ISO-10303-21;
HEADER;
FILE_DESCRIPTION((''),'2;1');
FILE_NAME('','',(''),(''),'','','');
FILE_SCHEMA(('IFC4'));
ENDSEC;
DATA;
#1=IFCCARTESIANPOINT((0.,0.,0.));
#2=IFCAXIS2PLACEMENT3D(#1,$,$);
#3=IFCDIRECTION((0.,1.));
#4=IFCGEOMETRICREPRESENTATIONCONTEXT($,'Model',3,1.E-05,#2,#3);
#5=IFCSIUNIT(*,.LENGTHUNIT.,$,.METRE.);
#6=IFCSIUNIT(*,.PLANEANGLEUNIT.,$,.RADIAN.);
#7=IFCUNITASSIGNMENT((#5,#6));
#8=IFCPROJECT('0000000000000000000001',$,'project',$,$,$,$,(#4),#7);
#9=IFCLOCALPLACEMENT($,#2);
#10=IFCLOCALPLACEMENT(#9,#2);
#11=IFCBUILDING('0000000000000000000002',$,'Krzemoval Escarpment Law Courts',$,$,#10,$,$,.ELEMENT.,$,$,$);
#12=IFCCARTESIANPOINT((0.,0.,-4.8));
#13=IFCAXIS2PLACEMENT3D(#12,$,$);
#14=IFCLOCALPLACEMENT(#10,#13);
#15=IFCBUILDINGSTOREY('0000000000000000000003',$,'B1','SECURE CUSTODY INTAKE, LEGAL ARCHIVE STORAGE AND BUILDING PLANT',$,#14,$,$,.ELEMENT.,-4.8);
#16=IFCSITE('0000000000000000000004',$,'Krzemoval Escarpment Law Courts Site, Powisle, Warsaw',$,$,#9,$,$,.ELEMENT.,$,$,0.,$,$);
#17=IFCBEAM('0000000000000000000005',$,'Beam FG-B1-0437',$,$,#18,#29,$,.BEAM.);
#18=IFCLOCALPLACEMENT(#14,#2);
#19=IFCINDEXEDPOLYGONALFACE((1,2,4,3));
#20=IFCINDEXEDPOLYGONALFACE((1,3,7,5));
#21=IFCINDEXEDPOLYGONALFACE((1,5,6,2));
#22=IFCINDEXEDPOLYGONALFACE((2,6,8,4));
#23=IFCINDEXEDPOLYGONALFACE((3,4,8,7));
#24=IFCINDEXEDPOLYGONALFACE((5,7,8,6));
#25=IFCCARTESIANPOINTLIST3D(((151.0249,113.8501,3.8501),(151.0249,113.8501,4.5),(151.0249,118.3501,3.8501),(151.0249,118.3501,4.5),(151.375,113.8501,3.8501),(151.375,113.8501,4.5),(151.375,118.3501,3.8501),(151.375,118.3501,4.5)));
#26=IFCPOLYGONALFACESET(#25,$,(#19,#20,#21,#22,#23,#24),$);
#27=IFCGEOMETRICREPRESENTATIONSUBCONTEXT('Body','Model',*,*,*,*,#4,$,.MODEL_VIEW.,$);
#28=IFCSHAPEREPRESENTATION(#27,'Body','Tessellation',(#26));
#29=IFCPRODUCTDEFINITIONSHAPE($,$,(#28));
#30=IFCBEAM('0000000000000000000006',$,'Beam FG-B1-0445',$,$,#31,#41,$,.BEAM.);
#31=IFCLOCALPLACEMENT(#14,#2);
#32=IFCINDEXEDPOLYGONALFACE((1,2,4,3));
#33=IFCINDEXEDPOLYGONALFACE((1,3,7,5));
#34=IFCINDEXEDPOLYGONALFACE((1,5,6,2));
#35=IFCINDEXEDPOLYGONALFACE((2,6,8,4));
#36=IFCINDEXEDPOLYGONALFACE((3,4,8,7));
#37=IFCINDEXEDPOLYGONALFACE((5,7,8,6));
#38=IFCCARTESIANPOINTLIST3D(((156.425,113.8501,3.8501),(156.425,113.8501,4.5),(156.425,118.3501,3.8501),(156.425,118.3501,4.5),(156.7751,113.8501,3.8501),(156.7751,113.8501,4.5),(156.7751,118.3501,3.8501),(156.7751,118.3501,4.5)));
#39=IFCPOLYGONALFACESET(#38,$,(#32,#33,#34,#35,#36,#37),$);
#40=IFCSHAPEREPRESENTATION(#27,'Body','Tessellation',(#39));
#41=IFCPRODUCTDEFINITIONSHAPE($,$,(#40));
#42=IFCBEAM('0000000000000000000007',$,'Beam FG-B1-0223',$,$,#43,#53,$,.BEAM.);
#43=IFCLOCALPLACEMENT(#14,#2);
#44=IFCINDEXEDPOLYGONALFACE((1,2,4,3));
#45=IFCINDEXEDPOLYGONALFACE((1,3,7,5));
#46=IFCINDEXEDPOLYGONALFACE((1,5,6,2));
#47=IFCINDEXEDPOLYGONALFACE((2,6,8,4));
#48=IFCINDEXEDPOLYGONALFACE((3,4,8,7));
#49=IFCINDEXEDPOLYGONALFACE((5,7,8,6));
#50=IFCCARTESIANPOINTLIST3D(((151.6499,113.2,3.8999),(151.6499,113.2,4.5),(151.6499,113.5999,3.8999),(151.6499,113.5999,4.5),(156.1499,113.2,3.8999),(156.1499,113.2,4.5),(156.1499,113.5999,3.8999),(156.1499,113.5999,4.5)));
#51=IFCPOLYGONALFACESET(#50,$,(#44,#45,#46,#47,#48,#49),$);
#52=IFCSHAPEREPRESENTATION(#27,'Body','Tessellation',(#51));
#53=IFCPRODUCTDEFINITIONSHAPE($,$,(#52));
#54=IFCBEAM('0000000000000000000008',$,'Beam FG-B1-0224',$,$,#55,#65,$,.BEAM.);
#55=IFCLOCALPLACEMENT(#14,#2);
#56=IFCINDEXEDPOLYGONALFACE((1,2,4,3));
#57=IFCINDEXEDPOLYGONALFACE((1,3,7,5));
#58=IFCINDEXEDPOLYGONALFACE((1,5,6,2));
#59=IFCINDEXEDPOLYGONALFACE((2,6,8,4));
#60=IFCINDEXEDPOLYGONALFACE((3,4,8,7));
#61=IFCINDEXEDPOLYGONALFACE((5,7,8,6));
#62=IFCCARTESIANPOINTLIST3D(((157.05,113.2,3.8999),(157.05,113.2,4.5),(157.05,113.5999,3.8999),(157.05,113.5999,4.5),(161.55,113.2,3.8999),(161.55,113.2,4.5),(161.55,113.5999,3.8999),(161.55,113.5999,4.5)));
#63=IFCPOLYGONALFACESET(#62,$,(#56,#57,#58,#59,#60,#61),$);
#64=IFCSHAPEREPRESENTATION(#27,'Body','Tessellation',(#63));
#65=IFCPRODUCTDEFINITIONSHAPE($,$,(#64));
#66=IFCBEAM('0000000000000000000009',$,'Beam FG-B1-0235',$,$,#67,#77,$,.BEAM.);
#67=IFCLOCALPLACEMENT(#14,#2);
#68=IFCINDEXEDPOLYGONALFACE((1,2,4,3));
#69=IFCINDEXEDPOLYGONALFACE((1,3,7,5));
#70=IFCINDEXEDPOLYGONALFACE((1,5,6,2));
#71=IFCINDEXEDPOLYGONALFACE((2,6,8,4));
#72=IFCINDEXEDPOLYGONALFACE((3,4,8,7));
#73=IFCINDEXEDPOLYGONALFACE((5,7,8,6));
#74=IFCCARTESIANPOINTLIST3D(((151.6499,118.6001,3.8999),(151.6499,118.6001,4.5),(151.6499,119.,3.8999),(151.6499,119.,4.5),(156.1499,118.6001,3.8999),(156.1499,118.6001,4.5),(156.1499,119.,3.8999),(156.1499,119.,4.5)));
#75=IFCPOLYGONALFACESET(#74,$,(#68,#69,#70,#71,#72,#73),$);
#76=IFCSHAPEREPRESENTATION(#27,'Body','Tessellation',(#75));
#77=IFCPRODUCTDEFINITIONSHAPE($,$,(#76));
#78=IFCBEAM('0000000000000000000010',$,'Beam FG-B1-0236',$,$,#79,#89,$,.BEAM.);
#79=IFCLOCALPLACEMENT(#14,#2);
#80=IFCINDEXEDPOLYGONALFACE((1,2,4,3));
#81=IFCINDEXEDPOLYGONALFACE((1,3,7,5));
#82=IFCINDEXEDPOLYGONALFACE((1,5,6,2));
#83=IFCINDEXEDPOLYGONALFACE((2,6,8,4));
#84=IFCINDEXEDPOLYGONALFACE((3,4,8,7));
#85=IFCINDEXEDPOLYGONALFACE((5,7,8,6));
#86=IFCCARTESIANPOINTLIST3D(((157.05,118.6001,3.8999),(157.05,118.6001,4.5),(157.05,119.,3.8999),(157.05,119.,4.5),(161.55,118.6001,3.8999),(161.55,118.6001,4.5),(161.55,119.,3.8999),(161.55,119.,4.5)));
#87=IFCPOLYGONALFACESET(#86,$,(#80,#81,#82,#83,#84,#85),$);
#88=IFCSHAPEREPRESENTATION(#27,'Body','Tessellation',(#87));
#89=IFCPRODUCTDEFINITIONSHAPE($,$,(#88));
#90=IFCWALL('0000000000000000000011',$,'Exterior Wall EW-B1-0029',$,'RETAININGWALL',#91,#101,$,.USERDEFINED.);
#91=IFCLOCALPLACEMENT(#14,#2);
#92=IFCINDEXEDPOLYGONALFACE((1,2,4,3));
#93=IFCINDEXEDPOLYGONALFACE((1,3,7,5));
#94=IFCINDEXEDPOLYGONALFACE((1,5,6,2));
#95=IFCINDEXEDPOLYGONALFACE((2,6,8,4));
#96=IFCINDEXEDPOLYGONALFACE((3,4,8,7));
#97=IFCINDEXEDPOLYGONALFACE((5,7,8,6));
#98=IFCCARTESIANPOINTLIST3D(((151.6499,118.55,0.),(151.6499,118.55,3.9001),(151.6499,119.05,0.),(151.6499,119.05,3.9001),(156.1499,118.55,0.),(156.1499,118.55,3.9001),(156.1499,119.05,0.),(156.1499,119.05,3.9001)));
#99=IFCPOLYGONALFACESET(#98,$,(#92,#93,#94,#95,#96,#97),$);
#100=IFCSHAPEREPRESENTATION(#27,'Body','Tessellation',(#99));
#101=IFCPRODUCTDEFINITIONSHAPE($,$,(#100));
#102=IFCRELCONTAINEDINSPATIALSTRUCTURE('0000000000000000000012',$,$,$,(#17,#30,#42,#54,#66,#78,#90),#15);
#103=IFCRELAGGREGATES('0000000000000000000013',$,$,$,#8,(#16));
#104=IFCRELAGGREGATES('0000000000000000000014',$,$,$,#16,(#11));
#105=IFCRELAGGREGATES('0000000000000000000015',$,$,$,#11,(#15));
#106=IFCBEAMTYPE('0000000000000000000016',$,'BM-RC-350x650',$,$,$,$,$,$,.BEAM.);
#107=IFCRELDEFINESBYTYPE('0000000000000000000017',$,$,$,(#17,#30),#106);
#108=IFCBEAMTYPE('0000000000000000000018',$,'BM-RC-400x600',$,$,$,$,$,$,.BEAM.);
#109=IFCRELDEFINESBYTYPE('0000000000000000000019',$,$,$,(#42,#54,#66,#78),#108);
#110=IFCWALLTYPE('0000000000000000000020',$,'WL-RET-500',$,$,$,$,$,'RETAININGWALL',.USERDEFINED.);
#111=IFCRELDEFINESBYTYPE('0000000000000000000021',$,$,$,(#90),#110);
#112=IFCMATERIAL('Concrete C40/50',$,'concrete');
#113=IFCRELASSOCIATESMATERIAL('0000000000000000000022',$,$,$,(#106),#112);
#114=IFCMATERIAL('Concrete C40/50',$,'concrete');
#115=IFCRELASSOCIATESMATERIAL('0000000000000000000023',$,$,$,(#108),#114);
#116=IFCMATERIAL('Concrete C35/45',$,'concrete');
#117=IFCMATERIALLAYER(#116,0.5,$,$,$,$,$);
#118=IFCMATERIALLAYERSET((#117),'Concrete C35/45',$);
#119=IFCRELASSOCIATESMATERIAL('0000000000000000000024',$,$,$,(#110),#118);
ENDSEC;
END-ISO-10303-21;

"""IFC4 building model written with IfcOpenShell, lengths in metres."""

from ifc_helpers import new_model, si_unit, direction, frame, frame_2d, origin, origin_2d, place, context, subcontext, project, spatial, rectangle, extrude, material, layer, layer_set, material_profile, profile_set, type_object, element, save


model = new_model("IFC4")

# Units and contexts
model_context = context("Model", 3, precision=1e-05, world=origin(), true_north=direction((0.0, 1.0)))
body_context = subcontext(model_context, "Body", "Model", "MODEL_VIEW")
ifc_project = project(units=[si_unit("LENGTHUNIT", "METRE"), si_unit("PLANEANGLEUNIT", "RADIAN")], contexts=[model_context])

# Site, building, storey
site_placement = place(None, origin())
site = spatial("IfcSite", under=ifc_project, at=site_placement, Name="Krzemoval Escarpment Law Courts Site, Powisle, Warsaw", CompositionType="ELEMENT", RefElevation=0.0)
building_placement = place(site_placement, origin())
building = spatial("IfcBuilding", under=site, at=building_placement, Name="Krzemoval Escarpment Law Courts", CompositionType="ELEMENT")
storey_placement = place(building_placement, frame((0.0, 0.0, -4.8)))
storey = spatial("IfcBuildingStorey", under=building, at=storey_placement, Name="B1", Description="SECURE CUSTODY INTAKE, LEGAL ARCHIVE STORAGE AND BUILDING PLANT", CompositionType="ELEMENT", Elevation=-4.8)

# Beams
ifc_material_1 = material(Name="Concrete C40/50", Category="concrete")
ifc_material_profile_1 = material_profile(ifc_material_1, rectangle(XDim=0.3501, YDim=0.6499, at=origin_2d()), Name="RCB 350x650")
ifc_profile_set_1 = profile_set([ifc_material_profile_1], Name="Concrete C40/50")
beam_type_1 = type_object("IfcBeamType", Name="BM-RC-350x650", PredefinedType="BEAM", material=ifc_profile_set_1)
for number, where, z_axis, x_axis, name in (
    (1, (151.2, 113.8501, 4.175), (0.0, 1.0, 0.0), (-1.0, 0.0, 0.0), "Beam FG-B1-0437"),
    (2, (156.6001, 113.8501, 4.175), (0.0, 1.0, 0.0), (-1.0, 0.0, 0.0), "Beam FG-B1-0445"),
):
    element("IfcBeam", number, at=place(storey_placement, frame(where, z_axis=z_axis, x_axis=x_axis)), inside=storey, type_object=beam_type_1, Name=name, PredefinedType="BEAM", context=body_context, shape_type="SweptSolid", body=[
        extrude(rectangle(XDim=0.3501, YDim=0.6499, at=origin_2d()), origin(), (0.0, 0.0, 1.0), 4.5),
    ])
ifc_material_2 = material(Name="Concrete C40/50", Category="concrete")
ifc_material_profile_2 = material_profile(ifc_material_2, rectangle(XDim=0.3999, YDim=0.6001, at=origin_2d()), Name="RCB 400x600")
ifc_profile_set_2 = profile_set([ifc_material_profile_2], Name="Concrete C40/50")
beam_type_2 = type_object("IfcBeamType", Name="BM-RC-400x600", PredefinedType="BEAM", material=ifc_profile_set_2)
for number, where, z_axis, x_axis, name in (
    (3, (151.6499, 113.3999, 4.2), (1.0, 0.0, 0.0), (0.0, 1.0, 0.0), "Beam FG-B1-0223"),
    (4, (157.05, 113.3999, 4.2), (1.0, 0.0, 0.0), (0.0, 1.0, 0.0), "Beam FG-B1-0224"),
    (5, (151.6499, 118.8, 4.2), (1.0, 0.0, 0.0), (0.0, 1.0, 0.0), "Beam FG-B1-0235"),
    (6, (157.05, 118.8, 4.2), (1.0, 0.0, 0.0), (0.0, 1.0, 0.0), "Beam FG-B1-0236"),
):
    element("IfcBeam", number, at=place(storey_placement, frame(where, z_axis=z_axis, x_axis=x_axis)), inside=storey, type_object=beam_type_2, Name=name, PredefinedType="BEAM", context=body_context, shape_type="SweptSolid", body=[
        extrude(rectangle(XDim=0.3999, YDim=0.6001, at=origin_2d()), origin(), (0.0, 0.0, 1.0), 4.5),
    ])

# Wall
ifc_material_3 = material(Name="Concrete C35/45", Category="concrete")
ifc_layer = layer(ifc_material_3, 0.5)
ifc_layer_set = layer_set([ifc_layer], Name="Concrete C35/45")
wall_type = type_object("IfcWallType", Name="WL-RET-500", ElementType="RETAININGWALL", PredefinedType="USERDEFINED", material=ifc_layer_set)
wall_placement = place(storey_placement, frame((151.6499, 118.8, 0.0), z_axis=(0.0, 0.0, 1.0), x_axis=(1.0, 0.0, 0.0)))
element("IfcWall", 7, at=wall_placement, inside=storey, type_object=wall_type, Name="Exterior Wall EW-B1-0029", ObjectType="RETAININGWALL", PredefinedType="USERDEFINED", context=body_context, shape_type="SweptSolid", body=[
    extrude(rectangle(XDim=4.5, YDim=0.5, at=frame_2d((2.25, 0.0))), origin(), (0.0, 0.0, 1.0), 3.9001),
])

save(model, "model.ifc")
